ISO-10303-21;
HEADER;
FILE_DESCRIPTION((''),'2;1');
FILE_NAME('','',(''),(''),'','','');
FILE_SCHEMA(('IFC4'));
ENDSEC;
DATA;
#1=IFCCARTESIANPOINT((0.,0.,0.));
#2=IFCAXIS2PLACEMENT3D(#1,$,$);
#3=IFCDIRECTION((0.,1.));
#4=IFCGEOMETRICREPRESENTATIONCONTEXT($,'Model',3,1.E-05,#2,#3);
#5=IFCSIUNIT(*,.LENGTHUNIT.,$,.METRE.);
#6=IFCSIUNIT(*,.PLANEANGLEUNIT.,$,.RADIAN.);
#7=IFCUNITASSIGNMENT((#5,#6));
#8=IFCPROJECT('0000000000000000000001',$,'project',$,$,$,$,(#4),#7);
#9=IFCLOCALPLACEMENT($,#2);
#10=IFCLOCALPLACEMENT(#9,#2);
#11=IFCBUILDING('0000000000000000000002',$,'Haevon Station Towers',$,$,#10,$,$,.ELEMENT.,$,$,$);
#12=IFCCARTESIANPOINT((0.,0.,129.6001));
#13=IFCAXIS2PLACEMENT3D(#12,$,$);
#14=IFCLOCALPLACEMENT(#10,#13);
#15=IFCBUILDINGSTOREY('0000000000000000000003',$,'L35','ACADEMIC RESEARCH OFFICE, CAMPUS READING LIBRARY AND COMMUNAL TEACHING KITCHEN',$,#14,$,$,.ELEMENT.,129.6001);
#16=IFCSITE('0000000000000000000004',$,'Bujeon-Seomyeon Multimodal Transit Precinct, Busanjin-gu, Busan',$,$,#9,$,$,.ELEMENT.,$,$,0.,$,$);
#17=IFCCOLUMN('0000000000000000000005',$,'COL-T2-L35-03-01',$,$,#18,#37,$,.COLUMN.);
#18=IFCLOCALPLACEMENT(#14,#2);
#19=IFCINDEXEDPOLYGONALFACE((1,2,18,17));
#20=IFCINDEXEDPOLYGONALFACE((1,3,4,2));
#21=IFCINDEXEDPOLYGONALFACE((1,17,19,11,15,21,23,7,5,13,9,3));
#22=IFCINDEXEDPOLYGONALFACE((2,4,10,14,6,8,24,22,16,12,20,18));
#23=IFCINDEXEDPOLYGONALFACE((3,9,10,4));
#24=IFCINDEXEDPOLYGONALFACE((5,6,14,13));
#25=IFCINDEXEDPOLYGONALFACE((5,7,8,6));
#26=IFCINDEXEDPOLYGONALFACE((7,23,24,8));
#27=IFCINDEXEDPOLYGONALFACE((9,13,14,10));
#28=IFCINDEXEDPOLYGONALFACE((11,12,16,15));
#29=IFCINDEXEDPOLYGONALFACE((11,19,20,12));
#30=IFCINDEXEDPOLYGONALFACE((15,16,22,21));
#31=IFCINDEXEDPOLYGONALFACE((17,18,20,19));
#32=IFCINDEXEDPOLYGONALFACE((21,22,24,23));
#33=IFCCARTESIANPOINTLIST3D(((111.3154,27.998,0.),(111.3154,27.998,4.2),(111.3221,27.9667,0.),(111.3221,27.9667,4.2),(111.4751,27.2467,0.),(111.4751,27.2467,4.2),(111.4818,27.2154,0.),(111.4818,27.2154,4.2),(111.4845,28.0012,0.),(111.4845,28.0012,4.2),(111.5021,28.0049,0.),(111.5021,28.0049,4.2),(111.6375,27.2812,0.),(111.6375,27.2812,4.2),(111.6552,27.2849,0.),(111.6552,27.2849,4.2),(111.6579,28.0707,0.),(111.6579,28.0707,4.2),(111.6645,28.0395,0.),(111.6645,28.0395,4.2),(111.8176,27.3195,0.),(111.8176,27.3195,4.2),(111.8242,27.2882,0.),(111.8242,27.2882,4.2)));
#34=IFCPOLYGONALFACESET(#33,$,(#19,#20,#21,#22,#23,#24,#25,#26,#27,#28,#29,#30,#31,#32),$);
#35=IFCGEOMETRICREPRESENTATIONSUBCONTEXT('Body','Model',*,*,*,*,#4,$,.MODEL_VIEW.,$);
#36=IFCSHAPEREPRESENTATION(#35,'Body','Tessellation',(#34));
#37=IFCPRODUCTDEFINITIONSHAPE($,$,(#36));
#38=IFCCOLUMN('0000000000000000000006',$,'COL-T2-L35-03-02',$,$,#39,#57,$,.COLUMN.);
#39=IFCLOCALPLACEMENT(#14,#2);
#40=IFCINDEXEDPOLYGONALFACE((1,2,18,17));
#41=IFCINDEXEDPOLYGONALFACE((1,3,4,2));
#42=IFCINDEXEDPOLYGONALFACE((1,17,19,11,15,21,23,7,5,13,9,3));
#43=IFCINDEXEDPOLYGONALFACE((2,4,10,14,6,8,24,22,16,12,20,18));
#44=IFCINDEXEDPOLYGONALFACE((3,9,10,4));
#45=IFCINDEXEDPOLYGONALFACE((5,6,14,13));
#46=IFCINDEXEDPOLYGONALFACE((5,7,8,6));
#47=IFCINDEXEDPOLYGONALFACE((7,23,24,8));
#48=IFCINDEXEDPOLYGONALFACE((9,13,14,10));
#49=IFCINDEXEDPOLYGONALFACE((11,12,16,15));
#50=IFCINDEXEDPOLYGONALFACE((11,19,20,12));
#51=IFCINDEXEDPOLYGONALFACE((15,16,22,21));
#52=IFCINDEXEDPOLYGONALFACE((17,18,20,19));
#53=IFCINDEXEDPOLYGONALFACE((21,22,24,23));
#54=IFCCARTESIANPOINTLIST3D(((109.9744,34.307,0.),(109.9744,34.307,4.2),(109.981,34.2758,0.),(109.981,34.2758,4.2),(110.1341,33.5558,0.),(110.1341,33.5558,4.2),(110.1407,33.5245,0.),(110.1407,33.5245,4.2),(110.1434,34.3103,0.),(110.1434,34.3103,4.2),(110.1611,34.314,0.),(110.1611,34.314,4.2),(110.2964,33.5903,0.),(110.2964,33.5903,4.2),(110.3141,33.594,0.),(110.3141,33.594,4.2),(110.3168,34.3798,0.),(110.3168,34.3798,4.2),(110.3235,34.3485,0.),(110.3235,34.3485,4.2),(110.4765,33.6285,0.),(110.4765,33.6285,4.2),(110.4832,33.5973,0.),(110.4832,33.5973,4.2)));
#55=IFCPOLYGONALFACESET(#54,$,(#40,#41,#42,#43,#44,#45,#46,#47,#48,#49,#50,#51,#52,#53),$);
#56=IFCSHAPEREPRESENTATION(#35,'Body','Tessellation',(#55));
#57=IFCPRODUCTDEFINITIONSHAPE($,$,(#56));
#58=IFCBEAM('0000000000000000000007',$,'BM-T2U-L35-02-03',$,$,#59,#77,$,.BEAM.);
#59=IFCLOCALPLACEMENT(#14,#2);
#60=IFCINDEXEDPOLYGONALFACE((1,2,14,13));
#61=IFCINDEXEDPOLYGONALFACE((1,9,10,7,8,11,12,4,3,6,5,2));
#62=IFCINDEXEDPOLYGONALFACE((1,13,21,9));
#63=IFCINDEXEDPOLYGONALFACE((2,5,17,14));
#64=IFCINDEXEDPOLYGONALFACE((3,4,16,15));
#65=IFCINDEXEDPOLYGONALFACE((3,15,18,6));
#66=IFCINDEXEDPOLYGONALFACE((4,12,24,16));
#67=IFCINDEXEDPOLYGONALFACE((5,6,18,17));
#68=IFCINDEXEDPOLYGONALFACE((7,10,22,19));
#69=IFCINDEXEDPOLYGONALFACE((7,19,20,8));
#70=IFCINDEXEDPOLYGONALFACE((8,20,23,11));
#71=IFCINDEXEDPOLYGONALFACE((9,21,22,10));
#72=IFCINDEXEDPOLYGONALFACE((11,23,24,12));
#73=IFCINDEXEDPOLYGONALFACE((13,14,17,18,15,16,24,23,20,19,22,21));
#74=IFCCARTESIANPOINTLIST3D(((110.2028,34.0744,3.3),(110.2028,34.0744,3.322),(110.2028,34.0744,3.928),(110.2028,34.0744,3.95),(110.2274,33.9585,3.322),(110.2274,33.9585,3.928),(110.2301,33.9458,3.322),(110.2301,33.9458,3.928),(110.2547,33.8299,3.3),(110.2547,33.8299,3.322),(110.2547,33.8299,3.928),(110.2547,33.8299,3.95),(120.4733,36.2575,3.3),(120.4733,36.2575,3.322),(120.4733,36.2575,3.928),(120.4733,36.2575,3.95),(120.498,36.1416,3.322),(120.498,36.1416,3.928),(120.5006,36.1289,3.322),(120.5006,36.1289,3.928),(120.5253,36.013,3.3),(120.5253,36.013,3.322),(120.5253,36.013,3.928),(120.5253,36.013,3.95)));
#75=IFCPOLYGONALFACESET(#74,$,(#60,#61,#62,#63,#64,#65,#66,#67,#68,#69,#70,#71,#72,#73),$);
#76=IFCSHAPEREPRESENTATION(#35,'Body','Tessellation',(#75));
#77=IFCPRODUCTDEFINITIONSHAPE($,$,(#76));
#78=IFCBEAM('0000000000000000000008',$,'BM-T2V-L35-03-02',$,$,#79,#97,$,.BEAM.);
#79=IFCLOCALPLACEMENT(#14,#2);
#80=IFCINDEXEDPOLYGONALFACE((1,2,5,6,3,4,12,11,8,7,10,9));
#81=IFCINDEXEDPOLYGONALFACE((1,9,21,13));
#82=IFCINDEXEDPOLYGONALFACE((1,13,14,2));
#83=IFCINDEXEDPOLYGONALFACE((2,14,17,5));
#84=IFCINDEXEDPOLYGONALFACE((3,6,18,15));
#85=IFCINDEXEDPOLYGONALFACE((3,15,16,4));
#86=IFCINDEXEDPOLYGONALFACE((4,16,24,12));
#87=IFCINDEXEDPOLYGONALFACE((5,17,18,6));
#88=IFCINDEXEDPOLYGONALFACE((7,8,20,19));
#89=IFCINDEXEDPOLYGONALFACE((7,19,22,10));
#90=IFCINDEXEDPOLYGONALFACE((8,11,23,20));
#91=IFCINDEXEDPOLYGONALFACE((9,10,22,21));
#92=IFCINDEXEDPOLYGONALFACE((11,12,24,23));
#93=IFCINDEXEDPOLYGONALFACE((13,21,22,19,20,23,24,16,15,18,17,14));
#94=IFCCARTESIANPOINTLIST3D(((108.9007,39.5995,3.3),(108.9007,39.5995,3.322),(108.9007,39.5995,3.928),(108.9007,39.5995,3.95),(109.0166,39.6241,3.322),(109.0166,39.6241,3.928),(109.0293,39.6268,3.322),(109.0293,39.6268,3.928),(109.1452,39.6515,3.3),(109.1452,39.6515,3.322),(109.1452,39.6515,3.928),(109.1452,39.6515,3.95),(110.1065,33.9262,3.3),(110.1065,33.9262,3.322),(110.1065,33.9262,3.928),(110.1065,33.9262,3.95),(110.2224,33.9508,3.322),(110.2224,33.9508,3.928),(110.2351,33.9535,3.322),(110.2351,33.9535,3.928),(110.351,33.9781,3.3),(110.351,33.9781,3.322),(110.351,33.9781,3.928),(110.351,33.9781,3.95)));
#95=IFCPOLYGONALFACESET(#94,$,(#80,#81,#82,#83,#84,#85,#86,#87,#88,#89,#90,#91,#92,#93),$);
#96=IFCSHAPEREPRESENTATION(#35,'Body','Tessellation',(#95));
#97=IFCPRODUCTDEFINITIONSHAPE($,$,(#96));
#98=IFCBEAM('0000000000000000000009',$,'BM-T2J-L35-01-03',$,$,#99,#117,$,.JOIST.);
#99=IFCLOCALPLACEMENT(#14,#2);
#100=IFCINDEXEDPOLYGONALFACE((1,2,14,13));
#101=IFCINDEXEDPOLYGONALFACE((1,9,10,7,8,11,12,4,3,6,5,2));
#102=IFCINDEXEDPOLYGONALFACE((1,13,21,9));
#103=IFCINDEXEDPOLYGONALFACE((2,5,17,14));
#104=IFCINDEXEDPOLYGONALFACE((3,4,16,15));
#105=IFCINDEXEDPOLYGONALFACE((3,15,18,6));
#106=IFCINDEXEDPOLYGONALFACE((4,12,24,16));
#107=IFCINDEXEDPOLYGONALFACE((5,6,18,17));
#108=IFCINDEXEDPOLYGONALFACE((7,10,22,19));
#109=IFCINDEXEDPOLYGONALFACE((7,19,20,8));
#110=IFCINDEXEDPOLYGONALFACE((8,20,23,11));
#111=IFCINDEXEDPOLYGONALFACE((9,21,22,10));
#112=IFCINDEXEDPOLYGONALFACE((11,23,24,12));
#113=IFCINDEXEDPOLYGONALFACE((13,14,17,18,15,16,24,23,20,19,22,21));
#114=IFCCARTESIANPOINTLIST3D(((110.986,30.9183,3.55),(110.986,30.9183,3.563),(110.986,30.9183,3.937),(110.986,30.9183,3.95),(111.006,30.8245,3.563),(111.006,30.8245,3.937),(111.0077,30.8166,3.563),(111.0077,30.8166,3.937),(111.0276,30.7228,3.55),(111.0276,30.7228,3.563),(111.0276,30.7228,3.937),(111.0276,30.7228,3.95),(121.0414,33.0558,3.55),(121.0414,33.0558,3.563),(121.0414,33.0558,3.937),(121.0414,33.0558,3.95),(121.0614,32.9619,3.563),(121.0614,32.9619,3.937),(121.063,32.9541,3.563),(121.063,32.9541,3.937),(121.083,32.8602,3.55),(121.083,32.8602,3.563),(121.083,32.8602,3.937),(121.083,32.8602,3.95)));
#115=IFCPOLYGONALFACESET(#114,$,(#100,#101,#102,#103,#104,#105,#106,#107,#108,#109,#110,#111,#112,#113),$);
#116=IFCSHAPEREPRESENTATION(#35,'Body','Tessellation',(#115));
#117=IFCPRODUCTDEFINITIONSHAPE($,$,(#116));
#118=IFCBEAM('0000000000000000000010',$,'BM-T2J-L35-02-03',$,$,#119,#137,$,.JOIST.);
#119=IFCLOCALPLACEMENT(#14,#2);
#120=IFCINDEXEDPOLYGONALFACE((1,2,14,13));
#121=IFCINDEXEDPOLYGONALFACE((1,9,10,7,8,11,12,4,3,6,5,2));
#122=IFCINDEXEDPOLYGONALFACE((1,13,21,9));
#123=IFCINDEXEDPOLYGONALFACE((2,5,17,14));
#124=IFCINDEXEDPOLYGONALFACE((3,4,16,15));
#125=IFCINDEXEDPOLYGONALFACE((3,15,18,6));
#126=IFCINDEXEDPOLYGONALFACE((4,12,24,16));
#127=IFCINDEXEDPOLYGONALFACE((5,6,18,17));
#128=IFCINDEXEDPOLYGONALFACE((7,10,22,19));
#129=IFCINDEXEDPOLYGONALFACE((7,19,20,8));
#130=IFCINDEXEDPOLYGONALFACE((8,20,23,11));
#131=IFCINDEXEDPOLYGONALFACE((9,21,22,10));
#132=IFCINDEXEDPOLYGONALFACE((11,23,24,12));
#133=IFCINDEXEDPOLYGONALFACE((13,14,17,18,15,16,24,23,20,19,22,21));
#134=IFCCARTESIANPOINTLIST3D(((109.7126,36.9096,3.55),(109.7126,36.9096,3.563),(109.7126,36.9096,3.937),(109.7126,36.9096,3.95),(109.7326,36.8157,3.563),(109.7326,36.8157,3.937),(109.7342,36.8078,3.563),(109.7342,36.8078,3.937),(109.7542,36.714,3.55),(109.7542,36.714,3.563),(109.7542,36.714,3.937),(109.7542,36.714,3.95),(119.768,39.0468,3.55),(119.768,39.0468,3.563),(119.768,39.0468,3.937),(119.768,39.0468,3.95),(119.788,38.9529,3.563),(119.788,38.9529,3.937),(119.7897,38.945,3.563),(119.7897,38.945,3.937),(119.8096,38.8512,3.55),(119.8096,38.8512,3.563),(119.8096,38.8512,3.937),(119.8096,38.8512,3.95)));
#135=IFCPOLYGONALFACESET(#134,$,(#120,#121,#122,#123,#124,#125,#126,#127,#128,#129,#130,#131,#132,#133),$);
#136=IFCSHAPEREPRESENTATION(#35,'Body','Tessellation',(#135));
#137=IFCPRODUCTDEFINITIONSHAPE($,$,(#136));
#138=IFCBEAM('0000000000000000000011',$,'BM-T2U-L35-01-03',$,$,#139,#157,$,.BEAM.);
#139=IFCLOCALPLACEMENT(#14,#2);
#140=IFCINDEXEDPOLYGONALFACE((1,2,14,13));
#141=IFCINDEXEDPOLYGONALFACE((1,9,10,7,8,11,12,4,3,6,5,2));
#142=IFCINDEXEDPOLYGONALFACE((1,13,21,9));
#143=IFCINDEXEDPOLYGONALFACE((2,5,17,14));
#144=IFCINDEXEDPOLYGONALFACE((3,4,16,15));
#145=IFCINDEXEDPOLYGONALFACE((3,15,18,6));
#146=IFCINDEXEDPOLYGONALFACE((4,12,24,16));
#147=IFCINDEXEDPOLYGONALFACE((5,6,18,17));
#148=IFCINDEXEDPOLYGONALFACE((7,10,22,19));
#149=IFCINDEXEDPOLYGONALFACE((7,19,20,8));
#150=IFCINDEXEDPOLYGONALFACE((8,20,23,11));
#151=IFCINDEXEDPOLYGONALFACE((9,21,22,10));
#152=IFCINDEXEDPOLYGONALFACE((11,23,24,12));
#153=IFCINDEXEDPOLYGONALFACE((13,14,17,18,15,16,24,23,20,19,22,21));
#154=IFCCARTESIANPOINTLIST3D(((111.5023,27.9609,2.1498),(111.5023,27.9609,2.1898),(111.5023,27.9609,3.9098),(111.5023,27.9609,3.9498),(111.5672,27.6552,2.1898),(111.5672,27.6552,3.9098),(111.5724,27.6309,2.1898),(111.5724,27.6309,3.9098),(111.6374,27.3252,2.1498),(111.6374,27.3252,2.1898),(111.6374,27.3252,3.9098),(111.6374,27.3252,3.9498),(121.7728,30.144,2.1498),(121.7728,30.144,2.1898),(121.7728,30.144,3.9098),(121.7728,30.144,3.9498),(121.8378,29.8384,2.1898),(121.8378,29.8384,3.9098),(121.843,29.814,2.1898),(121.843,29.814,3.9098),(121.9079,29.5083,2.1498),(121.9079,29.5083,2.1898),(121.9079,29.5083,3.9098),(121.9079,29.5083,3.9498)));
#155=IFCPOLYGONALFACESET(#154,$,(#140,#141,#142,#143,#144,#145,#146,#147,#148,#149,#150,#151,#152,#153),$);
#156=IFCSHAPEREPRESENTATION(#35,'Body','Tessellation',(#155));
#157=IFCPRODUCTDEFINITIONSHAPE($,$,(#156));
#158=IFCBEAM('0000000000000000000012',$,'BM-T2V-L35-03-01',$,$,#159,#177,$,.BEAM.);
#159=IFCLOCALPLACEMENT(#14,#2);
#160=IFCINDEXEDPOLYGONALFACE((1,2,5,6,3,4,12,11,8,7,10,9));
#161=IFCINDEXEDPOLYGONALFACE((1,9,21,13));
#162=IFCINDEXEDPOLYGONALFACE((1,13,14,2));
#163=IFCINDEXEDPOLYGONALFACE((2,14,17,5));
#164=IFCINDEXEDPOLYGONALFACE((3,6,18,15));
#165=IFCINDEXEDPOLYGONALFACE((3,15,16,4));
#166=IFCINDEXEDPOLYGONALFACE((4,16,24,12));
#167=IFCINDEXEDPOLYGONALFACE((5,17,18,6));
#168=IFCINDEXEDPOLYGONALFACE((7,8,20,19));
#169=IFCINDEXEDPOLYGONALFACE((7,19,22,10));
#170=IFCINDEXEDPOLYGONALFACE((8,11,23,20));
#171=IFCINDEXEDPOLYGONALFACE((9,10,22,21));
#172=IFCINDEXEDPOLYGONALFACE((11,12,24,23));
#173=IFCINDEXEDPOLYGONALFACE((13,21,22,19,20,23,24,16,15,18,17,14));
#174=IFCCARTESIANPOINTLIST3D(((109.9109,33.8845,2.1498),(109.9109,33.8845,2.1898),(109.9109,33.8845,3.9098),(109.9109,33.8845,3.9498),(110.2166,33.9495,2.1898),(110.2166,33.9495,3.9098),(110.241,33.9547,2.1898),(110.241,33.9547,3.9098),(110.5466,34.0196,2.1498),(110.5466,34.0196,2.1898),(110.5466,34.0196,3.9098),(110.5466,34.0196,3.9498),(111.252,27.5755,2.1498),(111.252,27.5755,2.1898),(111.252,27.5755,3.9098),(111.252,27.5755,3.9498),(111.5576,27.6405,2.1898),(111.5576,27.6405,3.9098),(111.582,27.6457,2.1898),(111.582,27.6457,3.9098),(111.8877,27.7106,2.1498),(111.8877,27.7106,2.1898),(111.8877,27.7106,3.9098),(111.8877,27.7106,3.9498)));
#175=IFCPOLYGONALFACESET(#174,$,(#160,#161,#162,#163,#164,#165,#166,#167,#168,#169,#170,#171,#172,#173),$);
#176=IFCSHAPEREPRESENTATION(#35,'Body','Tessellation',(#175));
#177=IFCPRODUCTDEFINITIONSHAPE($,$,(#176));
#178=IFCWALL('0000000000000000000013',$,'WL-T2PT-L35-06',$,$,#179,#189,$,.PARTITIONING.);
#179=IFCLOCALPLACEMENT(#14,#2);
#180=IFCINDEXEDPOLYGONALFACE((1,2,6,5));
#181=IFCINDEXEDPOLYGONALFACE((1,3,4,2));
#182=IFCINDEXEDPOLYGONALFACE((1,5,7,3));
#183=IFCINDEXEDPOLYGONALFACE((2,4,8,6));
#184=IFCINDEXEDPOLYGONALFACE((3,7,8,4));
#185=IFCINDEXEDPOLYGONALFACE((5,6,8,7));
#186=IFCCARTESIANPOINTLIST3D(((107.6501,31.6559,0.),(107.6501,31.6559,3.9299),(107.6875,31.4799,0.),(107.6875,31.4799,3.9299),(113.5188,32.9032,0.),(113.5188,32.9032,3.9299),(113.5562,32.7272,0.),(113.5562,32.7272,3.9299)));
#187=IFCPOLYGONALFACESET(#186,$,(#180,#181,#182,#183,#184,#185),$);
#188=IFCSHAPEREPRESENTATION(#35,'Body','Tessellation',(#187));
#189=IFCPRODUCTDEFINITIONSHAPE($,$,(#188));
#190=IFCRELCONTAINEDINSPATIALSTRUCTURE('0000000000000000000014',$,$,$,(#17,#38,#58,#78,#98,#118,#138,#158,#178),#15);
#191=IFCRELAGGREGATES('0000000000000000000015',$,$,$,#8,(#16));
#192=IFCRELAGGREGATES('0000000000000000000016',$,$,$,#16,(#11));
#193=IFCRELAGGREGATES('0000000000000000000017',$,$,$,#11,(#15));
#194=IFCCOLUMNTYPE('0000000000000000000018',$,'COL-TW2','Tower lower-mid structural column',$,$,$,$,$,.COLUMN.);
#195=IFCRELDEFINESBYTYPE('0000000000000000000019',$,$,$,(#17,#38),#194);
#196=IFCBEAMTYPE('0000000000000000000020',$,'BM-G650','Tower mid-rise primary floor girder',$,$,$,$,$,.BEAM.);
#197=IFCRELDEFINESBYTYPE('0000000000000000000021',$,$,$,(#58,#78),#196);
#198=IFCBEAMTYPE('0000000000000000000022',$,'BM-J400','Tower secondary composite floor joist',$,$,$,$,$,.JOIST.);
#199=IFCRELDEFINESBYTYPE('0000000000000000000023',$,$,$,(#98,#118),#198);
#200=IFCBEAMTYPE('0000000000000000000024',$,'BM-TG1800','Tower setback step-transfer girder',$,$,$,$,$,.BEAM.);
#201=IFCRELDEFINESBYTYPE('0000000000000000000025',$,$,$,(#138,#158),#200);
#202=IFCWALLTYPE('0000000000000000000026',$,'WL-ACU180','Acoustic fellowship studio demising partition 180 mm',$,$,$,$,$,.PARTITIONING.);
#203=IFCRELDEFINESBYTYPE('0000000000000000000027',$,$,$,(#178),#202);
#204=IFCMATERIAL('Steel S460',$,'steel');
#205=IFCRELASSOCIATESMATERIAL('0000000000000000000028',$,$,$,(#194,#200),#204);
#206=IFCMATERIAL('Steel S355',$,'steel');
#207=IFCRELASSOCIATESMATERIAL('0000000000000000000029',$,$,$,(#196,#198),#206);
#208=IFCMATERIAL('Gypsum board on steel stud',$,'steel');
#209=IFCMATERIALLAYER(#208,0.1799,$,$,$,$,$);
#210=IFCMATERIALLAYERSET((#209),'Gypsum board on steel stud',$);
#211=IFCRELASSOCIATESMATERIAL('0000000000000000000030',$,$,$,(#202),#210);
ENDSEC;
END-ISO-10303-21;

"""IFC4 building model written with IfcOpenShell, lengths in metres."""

from ifc_helpers import new_model, si_unit, direction, frame, frame_2d, origin, origin_2d, place, context, subcontext, project, spatial, rectangle, i_section, extrude, material, layer, layer_set, material_profile, profile_set, type_object, element, save


model = new_model("IFC4")

# Units and contexts
model_context = context("Model", 3, precision=1e-05, world=origin(), true_north=direction((0.0, 1.0)))
body_context = subcontext(model_context, "Body", "Model", "MODEL_VIEW")
ifc_project = project(units=[si_unit("LENGTHUNIT", "METRE"), si_unit("PLANEANGLEUNIT", "RADIAN")], contexts=[model_context])

# Site, building, storey
site_placement = place(None, origin())
site = spatial("IfcSite", under=ifc_project, at=site_placement, Name="Bujeon-Seomyeon Multimodal Transit Precinct, Busanjin-gu, Busan", CompositionType="ELEMENT", RefElevation=0.0)
building_placement = place(site_placement, origin())
building = spatial("IfcBuilding", under=site, at=building_placement, Name="Haevon Station Towers", CompositionType="ELEMENT")
storey_placement = place(building_placement, frame((0.0, 0.0, 129.6001)))
storey = spatial("IfcBuildingStorey", under=building, at=storey_placement, Name="L35", Description="ACADEMIC RESEARCH OFFICE, CAMPUS READING LIBRARY AND COMMUNAL TEACHING KITCHEN", CompositionType="ELEMENT", Elevation=129.6001)

# Columns
ifc_material_1 = material(Name="Steel S460", Category="steel")
ifc_material_profile_1 = material_profile(ifc_material_1, i_section(OverallWidth=0.3501, OverallDepth=0.8, WebThickness=0.0181, FlangeThickness=0.032, at=origin_2d()), Name="H-800x350x18x32")
ifc_profile_set_1 = profile_set([ifc_material_profile_1], Name="Steel S460")
column_type = type_object("IfcColumnType", Name="COL-TW2", Description="Tower lower-mid structural column", PredefinedType="COLUMN", material=ifc_profile_set_1)
for number, where, z_axis, x_axis, name in (
    (1, (111.5698, 27.6431, 0.0), (0.0, 0.0, 1.0), (0.978148, 0.207912, 0.0), "COL-T2-L35-03-01"),
    (2, (110.2288, 33.9521, 0.0), (0.0, 0.0, 1.0), (0.978148, 0.207912, 0.0), "COL-T2-L35-03-02"),
):
    element("IfcColumn", number, at=place(storey_placement, frame(where, z_axis=z_axis, x_axis=x_axis)), inside=storey, type_object=column_type, Name=name, PredefinedType="COLUMN", context=body_context, shape_type="SweptSolid", body=[
        extrude(i_section(OverallWidth=0.3501, OverallDepth=0.8, WebThickness=0.0181, FlangeThickness=0.032, at=origin_2d()), origin(), (0.0, 0.0, 1.0), 4.2),
    ])

# Beams
ifc_material_2 = material(Name="Steel S355", Category="steel")
ifc_material_profile_2 = material_profile(ifc_material_2, i_section(OverallWidth=0.25, OverallDepth=0.6499, WebThickness=0.0129, FlangeThickness=0.022, at=origin_2d()), Name="H-650x250x13x22")
ifc_profile_set_2 = profile_set([ifc_material_profile_2], Name="Steel S355")
beam_type_1 = type_object("IfcBeamType", Name="BM-G650", Description="Tower mid-rise primary floor girder", PredefinedType="BEAM", material=ifc_profile_set_2)
beam_1_placement = place(storey_placement, frame((110.2288, 33.9521, 3.625), z_axis=(0.978147, 0.207915, 0.0), x_axis=(-0.207915, 0.978147, 0.0)))
element("IfcBeam", 3, at=beam_1_placement, inside=storey, type_object=beam_type_1, Name="BM-T2U-L35-02-03", PredefinedType="BEAM", context=body_context, shape_type="SweptSolid", body=[
    extrude(i_section(OverallWidth=0.25, OverallDepth=0.6499, WebThickness=0.0129, FlangeThickness=0.022, at=origin_2d()), origin(), (0.0, 0.0, 1.0), 10.5),
])
beam_2_placement = place(storey_placement, frame((110.2288, 33.9521, 3.625), z_axis=(-0.207896, 0.978151, 0.0), x_axis=(-0.978151, -0.207896, 0.0)))
element("IfcBeam", 4, at=beam_2_placement, inside=storey, type_object=beam_type_1, Name="BM-T2V-L35-03-02", PredefinedType="BEAM", context=body_context, shape_type="SweptSolid", body=[
    extrude(i_section(OverallWidth=0.25, OverallDepth=0.6499, WebThickness=0.0129, FlangeThickness=0.022, at=origin_2d()), origin(), (0.0, 0.0, 1.0), 5.8),
])
ifc_material_profile_3 = material_profile(ifc_material_2, i_section(OverallWidth=0.2, OverallDepth=0.3999, WebThickness=0.0081, FlangeThickness=0.0129, at=origin_2d()), Name="H-400x200x8x13")
ifc_profile_set_3 = profile_set([ifc_material_profile_3], Name="Steel S355")
beam_type_2 = type_object("IfcBeamType", Name="BM-J400", Description="Tower secondary composite floor joist", PredefinedType="JOIST", material=ifc_profile_set_3)
for number, where, z_axis, x_axis, name in (
    (5, (111.0068, 30.8206, 3.75), (0.978146, 0.207922, 0.0), (-0.207922, 0.978146, 0.0), "BM-T2J-L35-01-03"),
    (6, (109.7334, 36.8118, 3.75), (0.97815, 0.207899, 0.0), (-0.207899, 0.97815, 0.0), "BM-T2J-L35-02-03"),
):
    element("IfcBeam", number, at=place(storey_placement, frame(where, z_axis=z_axis, x_axis=x_axis)), inside=storey, type_object=beam_type_2, Name=name, PredefinedType="JOIST", context=body_context, shape_type="SweptSolid", body=[
        extrude(i_section(OverallWidth=0.2, OverallDepth=0.3999, WebThickness=0.0081, FlangeThickness=0.0129, at=origin_2d()), origin(), (0.0, 0.0, 1.0), 10.28),
    ])
ifc_material_profile_4 = material_profile(ifc_material_1, i_section(OverallWidth=0.6499, OverallDepth=1.8, WebThickness=0.0249, FlangeThickness=0.04, at=origin_2d()), Name="H-1800x650x25x40")
ifc_profile_set_4 = profile_set([ifc_material_profile_4], Name="Steel S460")
beam_type_3 = type_object("IfcBeamType", Name="BM-TG1800", Description="Tower setback step-transfer girder", PredefinedType="BEAM", material=ifc_profile_set_4)
beam_3_placement = place(storey_placement, frame((111.5698, 27.6431, 3.0498), z_axis=(0.978147, 0.207915, 0.0), x_axis=(-0.207915, 0.978147, 0.0)))
element("IfcBeam", 7, at=beam_3_placement, inside=storey, type_object=beam_type_3, Name="BM-T2U-L35-01-03", PredefinedType="BEAM", context=body_context, shape_type="SweptSolid", body=[
    extrude(i_section(OverallWidth=0.6499, OverallDepth=1.8, WebThickness=0.0249, FlangeThickness=0.04, at=origin_2d()), origin(), (0.0, 0.0, 1.0), 10.5),
])
beam_4_placement = place(storey_placement, frame((111.5698, 27.6431, 3.0498), z_axis=(-0.207916, 0.978147, 0.0), x_axis=(-0.978147, -0.207916, 0.0)))
element("IfcBeam", 8, at=beam_4_placement, inside=storey, type_object=beam_type_3, Name="BM-T2V-L35-03-01", PredefinedType="BEAM", context=body_context, shape_type="SweptSolid", body=[
    extrude(i_section(OverallWidth=0.6499, OverallDepth=1.8, WebThickness=0.0249, FlangeThickness=0.04, at=origin_2d()), origin(), (0.0, 0.0, 1.0), 6.45),
])

# Wall
ifc_material_3 = material(Name="Gypsum board on steel stud", Category="steel")
ifc_layer_1 = layer(ifc_material_3, 0.1799)
ifc_layer_set_1 = layer_set([ifc_layer_1], Name="Gypsum board on steel stud")
wall_type_1 = type_object("IfcWallType", Name="WL-ACU180", Description="Acoustic fellowship studio demising partition 180 mm", PredefinedType="PARTITIONING", material=ifc_layer_set_1)
wall_1_placement = place(storey_placement, frame((107.6687, 31.5679, 0.0), z_axis=(0.0, 0.0, 1.0), x_axis=(0.978151, 0.207895, 0.0)))
element("IfcWall", 9, at=wall_1_placement, inside=storey, type_object=wall_type_1, Name="WL-T2PT-L35-06", PredefinedType="PARTITIONING", context=body_context, shape_type="SweptSolid", body=[
    extrude(rectangle(XDim=5.9998, YDim=0.1799, at=frame_2d((3.0, 0.0))), origin(), (0.0, 0.0, 1.0), 3.9299),
])

save(model, "model.ifc")
